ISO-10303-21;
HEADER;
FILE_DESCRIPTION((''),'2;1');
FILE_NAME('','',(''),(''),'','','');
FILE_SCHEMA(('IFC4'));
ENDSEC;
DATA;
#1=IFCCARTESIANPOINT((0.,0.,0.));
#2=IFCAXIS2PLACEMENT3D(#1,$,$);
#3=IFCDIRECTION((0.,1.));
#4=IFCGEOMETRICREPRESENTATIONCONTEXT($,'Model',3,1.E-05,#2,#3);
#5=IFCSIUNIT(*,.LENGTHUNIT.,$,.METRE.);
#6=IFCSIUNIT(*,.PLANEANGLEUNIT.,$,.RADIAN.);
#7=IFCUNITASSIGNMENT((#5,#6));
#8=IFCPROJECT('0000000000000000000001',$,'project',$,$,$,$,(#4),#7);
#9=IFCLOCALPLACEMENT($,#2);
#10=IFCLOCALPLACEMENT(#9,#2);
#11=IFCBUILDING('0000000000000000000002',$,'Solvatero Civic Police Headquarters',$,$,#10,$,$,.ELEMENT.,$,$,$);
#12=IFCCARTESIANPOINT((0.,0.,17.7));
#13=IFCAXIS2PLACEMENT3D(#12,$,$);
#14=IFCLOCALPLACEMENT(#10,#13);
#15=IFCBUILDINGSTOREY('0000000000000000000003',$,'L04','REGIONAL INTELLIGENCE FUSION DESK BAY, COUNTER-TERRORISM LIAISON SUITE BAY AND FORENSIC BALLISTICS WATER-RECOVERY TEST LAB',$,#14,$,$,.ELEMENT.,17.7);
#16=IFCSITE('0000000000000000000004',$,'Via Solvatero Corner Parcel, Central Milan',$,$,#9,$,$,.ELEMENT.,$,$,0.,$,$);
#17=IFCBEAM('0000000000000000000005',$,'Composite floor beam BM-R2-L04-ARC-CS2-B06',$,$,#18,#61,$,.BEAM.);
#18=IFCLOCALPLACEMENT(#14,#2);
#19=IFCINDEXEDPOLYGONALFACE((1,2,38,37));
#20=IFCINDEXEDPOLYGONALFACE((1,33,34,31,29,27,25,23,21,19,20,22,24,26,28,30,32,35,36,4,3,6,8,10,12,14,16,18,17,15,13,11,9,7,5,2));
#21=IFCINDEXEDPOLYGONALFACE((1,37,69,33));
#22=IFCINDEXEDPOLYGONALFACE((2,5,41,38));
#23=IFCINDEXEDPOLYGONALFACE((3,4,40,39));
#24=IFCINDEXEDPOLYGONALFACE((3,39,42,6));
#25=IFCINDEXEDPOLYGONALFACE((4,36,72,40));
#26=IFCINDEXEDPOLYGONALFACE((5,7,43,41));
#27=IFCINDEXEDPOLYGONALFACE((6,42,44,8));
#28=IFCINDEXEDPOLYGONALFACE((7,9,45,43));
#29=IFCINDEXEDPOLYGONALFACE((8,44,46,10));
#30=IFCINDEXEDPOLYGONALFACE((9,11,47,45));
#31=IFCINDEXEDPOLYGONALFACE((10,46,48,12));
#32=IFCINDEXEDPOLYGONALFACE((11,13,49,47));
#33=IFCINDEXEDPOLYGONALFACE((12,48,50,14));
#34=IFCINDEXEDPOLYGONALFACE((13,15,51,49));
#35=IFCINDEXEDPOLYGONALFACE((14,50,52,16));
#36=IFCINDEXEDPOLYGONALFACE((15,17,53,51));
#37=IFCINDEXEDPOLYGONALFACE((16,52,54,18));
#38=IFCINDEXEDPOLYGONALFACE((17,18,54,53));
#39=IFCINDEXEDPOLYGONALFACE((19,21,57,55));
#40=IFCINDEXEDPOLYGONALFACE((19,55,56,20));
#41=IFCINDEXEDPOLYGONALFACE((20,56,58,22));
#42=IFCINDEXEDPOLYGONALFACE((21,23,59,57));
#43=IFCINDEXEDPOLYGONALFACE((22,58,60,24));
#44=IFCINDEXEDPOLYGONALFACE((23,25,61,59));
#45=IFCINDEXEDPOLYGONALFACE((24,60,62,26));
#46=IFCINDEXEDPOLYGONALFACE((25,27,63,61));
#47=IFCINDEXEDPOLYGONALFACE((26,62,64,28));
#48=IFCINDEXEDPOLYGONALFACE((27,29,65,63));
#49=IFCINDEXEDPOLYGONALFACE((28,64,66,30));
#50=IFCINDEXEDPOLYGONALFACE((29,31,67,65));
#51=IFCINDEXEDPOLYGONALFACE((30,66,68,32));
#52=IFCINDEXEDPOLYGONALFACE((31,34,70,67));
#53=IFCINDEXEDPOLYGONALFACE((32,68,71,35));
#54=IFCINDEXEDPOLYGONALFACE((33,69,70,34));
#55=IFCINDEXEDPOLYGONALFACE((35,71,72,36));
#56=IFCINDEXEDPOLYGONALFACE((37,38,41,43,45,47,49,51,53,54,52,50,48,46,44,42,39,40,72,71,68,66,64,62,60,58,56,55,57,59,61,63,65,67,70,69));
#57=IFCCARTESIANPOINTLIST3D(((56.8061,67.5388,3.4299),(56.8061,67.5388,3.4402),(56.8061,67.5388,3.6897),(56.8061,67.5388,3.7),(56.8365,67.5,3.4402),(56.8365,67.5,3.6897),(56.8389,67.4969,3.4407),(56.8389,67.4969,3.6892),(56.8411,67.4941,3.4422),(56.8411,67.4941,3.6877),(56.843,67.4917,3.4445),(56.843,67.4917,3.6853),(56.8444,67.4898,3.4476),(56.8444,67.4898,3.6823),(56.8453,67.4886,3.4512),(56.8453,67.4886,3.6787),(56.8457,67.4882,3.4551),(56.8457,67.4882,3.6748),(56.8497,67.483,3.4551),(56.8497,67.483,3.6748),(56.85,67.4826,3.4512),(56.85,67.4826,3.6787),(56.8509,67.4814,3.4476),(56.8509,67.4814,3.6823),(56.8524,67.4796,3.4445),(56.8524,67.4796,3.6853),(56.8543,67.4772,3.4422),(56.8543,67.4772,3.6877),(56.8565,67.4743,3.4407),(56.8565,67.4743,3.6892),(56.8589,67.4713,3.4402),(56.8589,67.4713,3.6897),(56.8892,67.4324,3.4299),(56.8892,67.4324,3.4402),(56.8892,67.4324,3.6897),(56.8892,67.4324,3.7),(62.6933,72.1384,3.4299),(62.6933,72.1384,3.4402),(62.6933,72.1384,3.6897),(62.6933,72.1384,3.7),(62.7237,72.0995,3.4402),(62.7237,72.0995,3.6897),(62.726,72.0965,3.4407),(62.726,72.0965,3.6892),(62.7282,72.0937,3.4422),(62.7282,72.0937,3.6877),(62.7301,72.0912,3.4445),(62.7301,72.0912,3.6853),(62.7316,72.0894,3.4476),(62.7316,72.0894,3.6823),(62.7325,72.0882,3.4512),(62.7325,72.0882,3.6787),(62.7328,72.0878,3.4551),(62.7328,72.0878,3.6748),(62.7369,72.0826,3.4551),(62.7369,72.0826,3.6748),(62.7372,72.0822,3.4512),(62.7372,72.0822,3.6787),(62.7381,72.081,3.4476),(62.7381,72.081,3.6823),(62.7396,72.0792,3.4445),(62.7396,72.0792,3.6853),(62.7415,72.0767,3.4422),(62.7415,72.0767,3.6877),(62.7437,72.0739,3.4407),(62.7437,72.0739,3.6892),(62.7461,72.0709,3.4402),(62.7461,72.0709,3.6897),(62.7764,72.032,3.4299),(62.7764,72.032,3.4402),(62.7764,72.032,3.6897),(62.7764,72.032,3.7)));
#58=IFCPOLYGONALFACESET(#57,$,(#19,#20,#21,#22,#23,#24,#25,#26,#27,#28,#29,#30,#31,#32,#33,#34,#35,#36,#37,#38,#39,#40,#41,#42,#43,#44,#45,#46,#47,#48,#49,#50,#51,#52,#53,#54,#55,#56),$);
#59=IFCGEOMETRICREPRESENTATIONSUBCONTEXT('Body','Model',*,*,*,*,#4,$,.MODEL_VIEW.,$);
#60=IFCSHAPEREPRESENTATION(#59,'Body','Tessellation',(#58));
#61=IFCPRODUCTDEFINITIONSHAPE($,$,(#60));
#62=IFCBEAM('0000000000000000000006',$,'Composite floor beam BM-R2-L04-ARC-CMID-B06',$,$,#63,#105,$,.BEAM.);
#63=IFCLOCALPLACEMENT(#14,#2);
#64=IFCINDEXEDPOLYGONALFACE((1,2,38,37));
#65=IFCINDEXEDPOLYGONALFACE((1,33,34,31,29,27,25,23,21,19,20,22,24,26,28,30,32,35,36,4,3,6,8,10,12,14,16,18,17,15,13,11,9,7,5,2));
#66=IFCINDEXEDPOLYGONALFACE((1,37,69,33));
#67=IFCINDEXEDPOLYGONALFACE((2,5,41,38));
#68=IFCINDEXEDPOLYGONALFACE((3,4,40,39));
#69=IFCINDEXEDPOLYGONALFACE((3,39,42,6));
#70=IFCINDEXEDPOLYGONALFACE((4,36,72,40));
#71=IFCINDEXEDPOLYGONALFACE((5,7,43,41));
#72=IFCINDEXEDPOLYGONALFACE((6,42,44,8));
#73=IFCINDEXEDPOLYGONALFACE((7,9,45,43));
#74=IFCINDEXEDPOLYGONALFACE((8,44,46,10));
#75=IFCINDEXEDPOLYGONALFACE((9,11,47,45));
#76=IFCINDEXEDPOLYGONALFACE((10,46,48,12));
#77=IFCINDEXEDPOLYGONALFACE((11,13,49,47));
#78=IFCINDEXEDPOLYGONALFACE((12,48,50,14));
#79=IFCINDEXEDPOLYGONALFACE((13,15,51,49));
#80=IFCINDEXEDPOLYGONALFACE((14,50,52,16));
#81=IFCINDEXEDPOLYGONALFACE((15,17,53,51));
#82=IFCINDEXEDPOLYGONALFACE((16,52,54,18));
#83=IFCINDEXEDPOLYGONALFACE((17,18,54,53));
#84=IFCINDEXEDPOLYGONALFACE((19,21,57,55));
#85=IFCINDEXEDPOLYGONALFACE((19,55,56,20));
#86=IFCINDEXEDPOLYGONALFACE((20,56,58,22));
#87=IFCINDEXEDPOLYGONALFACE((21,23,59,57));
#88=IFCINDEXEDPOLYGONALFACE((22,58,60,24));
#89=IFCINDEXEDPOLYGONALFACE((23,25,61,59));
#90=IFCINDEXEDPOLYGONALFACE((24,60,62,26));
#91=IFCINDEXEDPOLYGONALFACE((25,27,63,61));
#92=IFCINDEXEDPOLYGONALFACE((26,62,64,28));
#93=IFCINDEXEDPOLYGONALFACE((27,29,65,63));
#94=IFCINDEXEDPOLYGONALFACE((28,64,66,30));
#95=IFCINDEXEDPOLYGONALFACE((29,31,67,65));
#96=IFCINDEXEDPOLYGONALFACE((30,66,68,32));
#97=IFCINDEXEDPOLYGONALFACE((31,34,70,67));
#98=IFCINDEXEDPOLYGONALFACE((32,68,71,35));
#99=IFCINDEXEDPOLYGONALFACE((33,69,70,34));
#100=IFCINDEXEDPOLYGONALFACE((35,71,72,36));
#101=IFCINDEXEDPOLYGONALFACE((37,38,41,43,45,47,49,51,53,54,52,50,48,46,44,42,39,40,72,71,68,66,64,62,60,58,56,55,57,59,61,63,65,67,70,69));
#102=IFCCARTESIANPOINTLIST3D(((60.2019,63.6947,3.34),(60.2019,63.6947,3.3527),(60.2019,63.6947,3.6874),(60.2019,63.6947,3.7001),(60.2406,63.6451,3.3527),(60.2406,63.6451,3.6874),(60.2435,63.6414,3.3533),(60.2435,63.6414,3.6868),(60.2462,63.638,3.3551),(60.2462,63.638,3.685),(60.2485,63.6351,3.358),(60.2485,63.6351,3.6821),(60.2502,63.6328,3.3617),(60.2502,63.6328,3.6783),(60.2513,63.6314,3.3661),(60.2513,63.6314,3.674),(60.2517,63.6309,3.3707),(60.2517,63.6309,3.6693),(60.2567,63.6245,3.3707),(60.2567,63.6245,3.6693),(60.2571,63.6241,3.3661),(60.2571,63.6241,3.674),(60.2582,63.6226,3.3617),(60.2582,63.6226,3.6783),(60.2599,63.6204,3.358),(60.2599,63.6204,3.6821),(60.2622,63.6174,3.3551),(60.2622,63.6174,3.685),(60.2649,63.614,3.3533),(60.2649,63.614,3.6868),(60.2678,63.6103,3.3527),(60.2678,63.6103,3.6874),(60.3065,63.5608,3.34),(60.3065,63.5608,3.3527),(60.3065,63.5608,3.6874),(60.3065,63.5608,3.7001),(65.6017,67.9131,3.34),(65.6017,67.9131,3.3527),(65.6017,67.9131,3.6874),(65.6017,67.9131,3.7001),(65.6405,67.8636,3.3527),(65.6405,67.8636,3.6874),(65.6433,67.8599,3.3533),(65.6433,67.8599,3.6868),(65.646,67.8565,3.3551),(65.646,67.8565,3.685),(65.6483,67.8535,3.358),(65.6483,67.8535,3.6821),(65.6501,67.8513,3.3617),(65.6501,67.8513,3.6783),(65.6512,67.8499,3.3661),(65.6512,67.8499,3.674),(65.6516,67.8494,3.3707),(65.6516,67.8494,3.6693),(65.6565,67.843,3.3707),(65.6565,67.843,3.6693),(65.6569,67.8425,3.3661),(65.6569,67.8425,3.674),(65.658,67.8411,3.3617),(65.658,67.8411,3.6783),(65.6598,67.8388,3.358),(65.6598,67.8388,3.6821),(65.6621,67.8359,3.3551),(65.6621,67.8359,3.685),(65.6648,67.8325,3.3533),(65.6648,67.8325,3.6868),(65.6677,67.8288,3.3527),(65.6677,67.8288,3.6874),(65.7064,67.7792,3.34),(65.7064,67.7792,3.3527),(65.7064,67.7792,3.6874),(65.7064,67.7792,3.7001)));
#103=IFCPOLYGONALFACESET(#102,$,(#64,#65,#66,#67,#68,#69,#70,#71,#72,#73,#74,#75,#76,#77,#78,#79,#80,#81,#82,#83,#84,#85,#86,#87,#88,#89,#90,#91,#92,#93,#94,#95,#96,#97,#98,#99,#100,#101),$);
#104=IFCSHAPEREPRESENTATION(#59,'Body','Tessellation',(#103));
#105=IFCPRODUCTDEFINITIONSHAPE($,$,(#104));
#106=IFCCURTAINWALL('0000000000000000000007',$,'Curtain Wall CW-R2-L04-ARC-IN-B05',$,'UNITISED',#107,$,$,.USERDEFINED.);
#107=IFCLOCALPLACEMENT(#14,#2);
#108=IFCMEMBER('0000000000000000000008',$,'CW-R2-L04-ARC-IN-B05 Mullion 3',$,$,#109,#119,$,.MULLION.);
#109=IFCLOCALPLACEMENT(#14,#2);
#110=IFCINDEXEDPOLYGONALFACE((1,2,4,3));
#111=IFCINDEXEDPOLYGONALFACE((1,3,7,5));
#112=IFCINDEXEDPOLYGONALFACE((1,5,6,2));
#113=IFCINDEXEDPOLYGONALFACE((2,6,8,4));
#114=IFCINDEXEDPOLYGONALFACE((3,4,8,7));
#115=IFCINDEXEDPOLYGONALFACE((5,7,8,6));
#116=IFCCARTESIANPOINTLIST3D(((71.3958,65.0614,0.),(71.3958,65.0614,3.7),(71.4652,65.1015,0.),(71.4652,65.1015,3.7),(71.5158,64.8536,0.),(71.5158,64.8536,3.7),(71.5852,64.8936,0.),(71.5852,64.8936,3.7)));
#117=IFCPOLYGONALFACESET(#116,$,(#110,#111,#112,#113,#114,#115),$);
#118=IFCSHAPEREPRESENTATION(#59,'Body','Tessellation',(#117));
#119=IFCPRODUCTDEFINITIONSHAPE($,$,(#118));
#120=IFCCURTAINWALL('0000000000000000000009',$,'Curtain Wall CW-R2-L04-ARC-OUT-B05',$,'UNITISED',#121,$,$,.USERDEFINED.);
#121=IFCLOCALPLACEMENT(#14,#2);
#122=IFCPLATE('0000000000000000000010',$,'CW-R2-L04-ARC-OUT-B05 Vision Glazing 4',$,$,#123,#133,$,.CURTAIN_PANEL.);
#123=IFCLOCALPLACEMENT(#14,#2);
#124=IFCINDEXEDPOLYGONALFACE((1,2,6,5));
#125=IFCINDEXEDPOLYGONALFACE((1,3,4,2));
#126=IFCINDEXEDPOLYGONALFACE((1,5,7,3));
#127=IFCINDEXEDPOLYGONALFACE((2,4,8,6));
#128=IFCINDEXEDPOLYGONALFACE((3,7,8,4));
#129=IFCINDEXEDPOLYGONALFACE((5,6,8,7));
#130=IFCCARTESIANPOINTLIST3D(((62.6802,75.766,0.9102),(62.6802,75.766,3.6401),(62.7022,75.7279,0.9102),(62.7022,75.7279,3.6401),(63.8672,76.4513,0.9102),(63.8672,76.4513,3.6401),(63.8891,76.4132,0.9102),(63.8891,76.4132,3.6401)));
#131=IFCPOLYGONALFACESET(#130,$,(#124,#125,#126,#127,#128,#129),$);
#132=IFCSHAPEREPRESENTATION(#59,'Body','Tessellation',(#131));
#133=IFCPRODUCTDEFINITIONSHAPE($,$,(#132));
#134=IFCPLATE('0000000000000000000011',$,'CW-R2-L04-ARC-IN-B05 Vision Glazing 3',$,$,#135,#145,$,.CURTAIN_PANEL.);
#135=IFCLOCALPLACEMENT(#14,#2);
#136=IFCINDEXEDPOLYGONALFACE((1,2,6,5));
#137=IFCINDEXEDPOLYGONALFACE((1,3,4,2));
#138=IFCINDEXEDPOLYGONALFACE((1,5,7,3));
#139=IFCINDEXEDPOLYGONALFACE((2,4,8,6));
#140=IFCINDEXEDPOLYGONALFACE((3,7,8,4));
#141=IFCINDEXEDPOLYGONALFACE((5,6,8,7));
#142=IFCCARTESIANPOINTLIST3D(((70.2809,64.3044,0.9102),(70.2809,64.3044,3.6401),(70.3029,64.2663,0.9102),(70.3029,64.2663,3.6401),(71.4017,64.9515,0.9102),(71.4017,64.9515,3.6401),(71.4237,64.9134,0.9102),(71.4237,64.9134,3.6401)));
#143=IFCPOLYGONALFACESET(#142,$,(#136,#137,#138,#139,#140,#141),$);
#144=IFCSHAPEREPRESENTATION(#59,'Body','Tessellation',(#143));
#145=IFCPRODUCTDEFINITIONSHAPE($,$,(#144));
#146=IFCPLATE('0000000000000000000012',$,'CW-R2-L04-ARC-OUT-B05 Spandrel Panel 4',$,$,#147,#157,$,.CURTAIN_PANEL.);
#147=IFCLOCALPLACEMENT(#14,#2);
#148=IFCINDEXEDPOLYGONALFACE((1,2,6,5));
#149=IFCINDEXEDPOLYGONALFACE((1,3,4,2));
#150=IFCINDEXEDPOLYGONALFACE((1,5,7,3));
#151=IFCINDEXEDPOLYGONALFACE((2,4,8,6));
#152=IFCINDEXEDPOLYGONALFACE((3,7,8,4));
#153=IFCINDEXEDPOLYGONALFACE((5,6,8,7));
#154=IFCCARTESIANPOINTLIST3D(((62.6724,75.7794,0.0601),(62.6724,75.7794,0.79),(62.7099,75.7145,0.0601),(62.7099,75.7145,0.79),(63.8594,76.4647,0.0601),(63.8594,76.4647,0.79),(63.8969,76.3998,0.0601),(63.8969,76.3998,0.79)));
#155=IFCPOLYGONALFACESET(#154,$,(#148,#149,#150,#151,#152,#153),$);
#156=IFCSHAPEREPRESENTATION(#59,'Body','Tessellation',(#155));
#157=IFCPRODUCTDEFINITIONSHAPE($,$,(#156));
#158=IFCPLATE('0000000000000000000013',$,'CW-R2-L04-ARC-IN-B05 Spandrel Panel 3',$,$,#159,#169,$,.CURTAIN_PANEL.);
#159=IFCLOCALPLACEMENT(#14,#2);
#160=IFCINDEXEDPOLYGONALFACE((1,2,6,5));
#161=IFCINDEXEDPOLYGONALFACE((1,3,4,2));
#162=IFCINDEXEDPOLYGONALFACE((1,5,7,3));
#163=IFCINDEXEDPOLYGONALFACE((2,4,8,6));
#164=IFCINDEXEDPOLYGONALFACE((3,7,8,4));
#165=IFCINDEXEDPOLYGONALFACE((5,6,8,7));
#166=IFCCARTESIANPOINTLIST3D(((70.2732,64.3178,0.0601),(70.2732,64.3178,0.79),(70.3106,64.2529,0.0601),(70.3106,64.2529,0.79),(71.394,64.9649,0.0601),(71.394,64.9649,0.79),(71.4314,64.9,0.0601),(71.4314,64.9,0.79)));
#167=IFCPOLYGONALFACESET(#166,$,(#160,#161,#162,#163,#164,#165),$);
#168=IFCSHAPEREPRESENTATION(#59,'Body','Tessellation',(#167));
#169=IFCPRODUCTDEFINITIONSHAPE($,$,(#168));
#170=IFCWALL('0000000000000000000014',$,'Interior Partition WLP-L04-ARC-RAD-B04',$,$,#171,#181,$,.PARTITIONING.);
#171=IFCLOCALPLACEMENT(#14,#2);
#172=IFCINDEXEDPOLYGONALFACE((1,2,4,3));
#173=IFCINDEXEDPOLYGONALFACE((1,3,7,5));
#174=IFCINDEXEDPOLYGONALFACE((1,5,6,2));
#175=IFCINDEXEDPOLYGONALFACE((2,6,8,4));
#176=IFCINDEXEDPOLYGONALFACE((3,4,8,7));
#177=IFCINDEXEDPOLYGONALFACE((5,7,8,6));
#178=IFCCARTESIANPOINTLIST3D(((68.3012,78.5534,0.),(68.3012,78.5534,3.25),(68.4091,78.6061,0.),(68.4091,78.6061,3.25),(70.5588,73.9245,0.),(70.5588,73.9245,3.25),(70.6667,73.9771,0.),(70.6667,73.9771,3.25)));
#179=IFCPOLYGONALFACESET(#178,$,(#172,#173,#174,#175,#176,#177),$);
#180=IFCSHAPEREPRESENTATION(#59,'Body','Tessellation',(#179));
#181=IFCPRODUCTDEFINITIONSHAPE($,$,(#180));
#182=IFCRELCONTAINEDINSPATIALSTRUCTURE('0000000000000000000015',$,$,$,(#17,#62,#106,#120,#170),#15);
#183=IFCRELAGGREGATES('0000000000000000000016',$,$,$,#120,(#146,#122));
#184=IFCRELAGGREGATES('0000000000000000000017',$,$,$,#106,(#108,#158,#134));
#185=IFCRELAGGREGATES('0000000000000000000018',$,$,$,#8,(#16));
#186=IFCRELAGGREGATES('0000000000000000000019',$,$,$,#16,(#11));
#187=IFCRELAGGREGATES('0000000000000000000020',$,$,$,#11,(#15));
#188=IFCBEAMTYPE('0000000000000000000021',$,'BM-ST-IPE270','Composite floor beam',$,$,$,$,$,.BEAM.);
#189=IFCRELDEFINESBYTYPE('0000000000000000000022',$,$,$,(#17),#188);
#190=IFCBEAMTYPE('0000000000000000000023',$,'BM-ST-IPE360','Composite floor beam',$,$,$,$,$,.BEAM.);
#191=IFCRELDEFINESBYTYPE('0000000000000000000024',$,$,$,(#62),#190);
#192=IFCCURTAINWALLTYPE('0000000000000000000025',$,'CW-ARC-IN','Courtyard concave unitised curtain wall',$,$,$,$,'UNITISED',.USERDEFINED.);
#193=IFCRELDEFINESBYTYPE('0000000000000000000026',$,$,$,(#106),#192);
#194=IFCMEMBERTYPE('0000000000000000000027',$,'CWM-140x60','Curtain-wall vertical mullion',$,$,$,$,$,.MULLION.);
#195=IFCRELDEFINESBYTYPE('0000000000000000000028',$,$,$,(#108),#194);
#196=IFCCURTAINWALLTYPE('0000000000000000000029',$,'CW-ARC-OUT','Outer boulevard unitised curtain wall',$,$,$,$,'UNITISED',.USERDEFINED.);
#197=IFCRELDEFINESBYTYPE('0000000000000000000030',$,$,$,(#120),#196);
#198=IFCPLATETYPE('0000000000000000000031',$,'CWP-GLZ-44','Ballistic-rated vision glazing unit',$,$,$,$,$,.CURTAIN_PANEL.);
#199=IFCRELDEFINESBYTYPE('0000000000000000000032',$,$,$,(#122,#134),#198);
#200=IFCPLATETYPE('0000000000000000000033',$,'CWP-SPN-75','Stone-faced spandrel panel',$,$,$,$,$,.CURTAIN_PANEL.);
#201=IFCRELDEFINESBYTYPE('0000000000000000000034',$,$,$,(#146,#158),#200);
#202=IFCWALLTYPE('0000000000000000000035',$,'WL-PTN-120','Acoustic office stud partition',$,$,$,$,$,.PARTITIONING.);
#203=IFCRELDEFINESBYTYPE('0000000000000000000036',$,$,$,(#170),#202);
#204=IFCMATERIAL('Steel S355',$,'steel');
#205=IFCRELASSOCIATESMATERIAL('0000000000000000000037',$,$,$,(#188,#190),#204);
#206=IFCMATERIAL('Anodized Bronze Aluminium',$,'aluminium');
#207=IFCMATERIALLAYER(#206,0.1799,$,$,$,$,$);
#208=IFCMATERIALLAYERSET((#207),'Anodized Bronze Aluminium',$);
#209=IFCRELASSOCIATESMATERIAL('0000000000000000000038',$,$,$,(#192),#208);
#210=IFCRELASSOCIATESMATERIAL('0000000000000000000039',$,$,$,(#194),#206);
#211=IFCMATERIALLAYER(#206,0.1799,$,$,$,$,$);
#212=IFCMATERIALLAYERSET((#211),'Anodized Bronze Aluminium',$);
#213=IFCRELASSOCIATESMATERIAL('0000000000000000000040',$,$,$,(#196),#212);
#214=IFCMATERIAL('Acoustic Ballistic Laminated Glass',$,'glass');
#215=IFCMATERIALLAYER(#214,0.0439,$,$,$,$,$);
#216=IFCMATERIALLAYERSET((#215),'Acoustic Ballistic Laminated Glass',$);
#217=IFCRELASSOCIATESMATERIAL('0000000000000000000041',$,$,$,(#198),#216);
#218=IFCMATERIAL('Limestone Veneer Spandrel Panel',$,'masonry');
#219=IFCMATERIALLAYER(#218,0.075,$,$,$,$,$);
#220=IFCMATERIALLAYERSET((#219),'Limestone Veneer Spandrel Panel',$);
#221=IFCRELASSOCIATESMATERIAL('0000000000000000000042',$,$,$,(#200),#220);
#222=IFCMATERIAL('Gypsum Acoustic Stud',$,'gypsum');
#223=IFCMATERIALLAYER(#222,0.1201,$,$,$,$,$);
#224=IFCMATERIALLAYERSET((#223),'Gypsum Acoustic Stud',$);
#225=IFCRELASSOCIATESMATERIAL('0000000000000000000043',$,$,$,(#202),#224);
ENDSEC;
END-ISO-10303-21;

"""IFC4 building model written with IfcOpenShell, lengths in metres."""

from ifc_helpers import new_model, si_unit, direction, frame, frame_2d, origin, origin_2d, place, context, subcontext, project, spatial, rectangle, i_section, extrude, material, layer, layer_set, material_profile, profile_set, type_object, element, aggregate, save


model = new_model("IFC4")

# Units and contexts
model_context = context("Model", 3, precision=1e-05, world=origin(), true_north=direction((0.0, 1.0)))
body_context = subcontext(model_context, "Body", "Model", "MODEL_VIEW")
ifc_project = project(units=[si_unit("LENGTHUNIT", "METRE"), si_unit("PLANEANGLEUNIT", "RADIAN")], contexts=[model_context])

# Site, building, storey
site_placement = place(None, origin())
site = spatial("IfcSite", under=ifc_project, at=site_placement, Name="Via Solvatero Corner Parcel, Central Milan", CompositionType="ELEMENT", RefElevation=0.0)
building_placement = place(site_placement, origin())
building = spatial("IfcBuilding", under=site, at=building_placement, Name="Solvatero Civic Police Headquarters", CompositionType="ELEMENT")
storey_placement = place(building_placement, frame((0.0, 0.0, 17.7)))
storey = spatial("IfcBuildingStorey", under=building, at=storey_placement, Name="L04", Description="REGIONAL INTELLIGENCE FUSION DESK BAY, COUNTER-TERRORISM LIAISON SUITE BAY AND FORENSIC BALLISTICS WATER-RECOVERY TEST LAB", CompositionType="ELEMENT", Elevation=17.7)

# Shared definitions
ifc_material_1 = material(Name="Steel S355", Category="steel")

# Beams
ifc_material_profile_1 = material_profile(ifc_material_1, i_section(OverallWidth=0.135, OverallDepth=0.27, WebThickness=0.0066, FlangeThickness=0.0103, FilletRadius=0.0149, at=origin_2d()), Name="IPE 270")
ifc_profile_set_1 = profile_set([ifc_material_profile_1], Name="Steel S355")
beam_type_1 = type_object("IfcBeamType", Name="BM-ST-IPE270", Description="Composite floor beam", PredefinedType="BEAM", material=ifc_profile_set_1)
beam_1_placement = place(storey_placement, frame((62.7349, 72.0852, 3.5649), z_axis=(-0.78801, -0.615663, 0.0), x_axis=(0.615663, -0.78801, 0.0)))
element("IfcBeam", 1, at=beam_1_placement, inside=storey, type_object=beam_type_1, Name="Composite floor beam BM-R2-L04-ARC-CS2-B06", PredefinedType="BEAM", context=body_context, shape_type="SweptSolid", body=[
    extrude(i_section(OverallWidth=0.135, OverallDepth=0.27, WebThickness=0.0066, FlangeThickness=0.0103, FilletRadius=0.0149, at=origin_2d()), origin(), (0.0, 0.0, 1.0), 7.4709),
])
ifc_material_profile_2 = material_profile(ifc_material_1, i_section(OverallWidth=0.1699, OverallDepth=0.3601, WebThickness=0.0081, FlangeThickness=0.0127, FilletRadius=0.0181, at=origin_2d()), Name="IPE 360")
ifc_profile_set_2 = profile_set([ifc_material_profile_2], Name="Steel S355")
beam_type_2 = type_object("IfcBeamType", Name="BM-ST-IPE360", Description="Composite floor beam", PredefinedType="BEAM", material=ifc_profile_set_2)
beam_2_placement = place(storey_placement, frame((65.6541, 67.8462, 3.52), z_axis=(-0.788036, -0.615629, 0.0), x_axis=(0.615629, -0.788036, 0.0)))
element("IfcBeam", 2, at=beam_2_placement, inside=storey, type_object=beam_type_2, Name="Composite floor beam BM-R2-L04-ARC-CMID-B06", PredefinedType="BEAM", context=body_context, shape_type="SweptSolid", body=[
    extrude(i_section(OverallWidth=0.1699, OverallDepth=0.3601, WebThickness=0.0081, FlangeThickness=0.0127, FilletRadius=0.0181, at=origin_2d()), origin(), (0.0, 0.0, 1.0), 6.8523),
])

# Curtain wall, member
ifc_material_2 = material(Name="Anodized Bronze Aluminium", Category="aluminium")
ifc_layer_1 = layer(ifc_material_2, 0.1799)
ifc_layer_set_1 = layer_set([ifc_layer_1], Name="Anodized Bronze Aluminium")
curtain_wall_type_1 = type_object("IfcCurtainWallType", Name="CW-ARC-IN", Description="Courtyard concave unitised curtain wall", ElementType="UNITISED", PredefinedType="USERDEFINED", material=ifc_layer_set_1)
curtain_wall_1_placement = place(storey_placement, origin())
curtain_wall_1 = element("IfcCurtainWall", 3, at=curtain_wall_1_placement, inside=storey, type_object=curtain_wall_type_1, Name="Curtain Wall CW-R2-L04-ARC-IN-B05", ObjectType="UNITISED", PredefinedType="USERDEFINED")
ifc_material_profile_3 = material_profile(ifc_material_2, rectangle(XDim=0.0801, YDim=0.24, at=origin_2d()), Name="ALU MULLION 80x240")
ifc_profile_set_3 = profile_set([ifc_material_profile_3], Name="Anodized Bronze Aluminium")
member_type = type_object("IfcMemberType", Name="CWM-140x60", Description="Curtain-wall vertical mullion", PredefinedType="MULLION", material=ifc_profile_set_3)
member_placement = place(storey_placement, frame((71.4905, 64.9775, 0.0), z_axis=(0.0, 0.0, 1.0), x_axis=(-0.866025, -0.5, 0.0)))
member = element("IfcMember", 4, at=member_placement, type_object=member_type, Name="CW-R2-L04-ARC-IN-B05 Mullion 3", PredefinedType="MULLION", context=body_context, shape_type="SweptSolid", body=[
    extrude(rectangle(XDim=0.0801, YDim=0.24, at=origin_2d()), origin(), (0.0, 0.0, 1.0), 3.7),
])

# Curtain wall, plate
ifc_layer_2 = layer(ifc_material_2, 0.1799)
ifc_layer_set_2 = layer_set([ifc_layer_2], Name="Anodized Bronze Aluminium")
curtain_wall_type_2 = type_object("IfcCurtainWallType", Name="CW-ARC-OUT", Description="Outer boulevard unitised curtain wall", ElementType="UNITISED", PredefinedType="USERDEFINED", material=ifc_layer_set_2)
curtain_wall_2_placement = place(storey_placement, origin())
curtain_wall_2 = element("IfcCurtainWall", 5, at=curtain_wall_2_placement, inside=storey, type_object=curtain_wall_type_2, Name="Curtain Wall CW-R2-L04-ARC-OUT-B05", ObjectType="UNITISED", PredefinedType="USERDEFINED")
ifc_material_3 = material(Name="Acoustic Ballistic Laminated Glass", Category="glass")
ifc_layer_3 = layer(ifc_material_3, 0.0439)
ifc_layer_set_3 = layer_set([ifc_layer_3], Name="Acoustic Ballistic Laminated Glass")
plate_type_1 = type_object("IfcPlateType", Name="CWP-GLZ-44", Description="Ballistic-rated vision glazing unit", PredefinedType="CURTAIN_PANEL", material=ifc_layer_set_3)
plate_1_placement = place(storey_placement, frame((63.2847, 76.0896, 0.9102), z_axis=(0.0, 0.0, 1.0), x_axis=(-0.866025, -0.5, 0.0)))
plate_1 = element("IfcPlate", 6, at=plate_1_placement, type_object=plate_type_1, Name="CW-R2-L04-ARC-OUT-B05 Vision Glazing 4", PredefinedType="CURTAIN_PANEL", context=body_context, shape_type="SweptSolid", body=[
    extrude(rectangle(XDim=1.3706, YDim=0.0439, at=origin_2d()), origin(), (0.0, 0.0, 1.0), 2.73),
])

# Plates
plate_2_placement = place(storey_placement, frame((70.8523, 64.6089, 0.9102), z_axis=(0.0, 0.0, 1.0), x_axis=(-0.866025, -0.5, 0.0)))
plate_2 = element("IfcPlate", 7, at=plate_2_placement, type_object=plate_type_1, Name="CW-R2-L04-ARC-IN-B05 Vision Glazing 3", PredefinedType="CURTAIN_PANEL", context=body_context, shape_type="SweptSolid", body=[
    extrude(rectangle(XDim=1.2942, YDim=0.0439, at=origin_2d()), origin(), (0.0, 0.0, 1.0), 2.73),
])
ifc_material_4 = material(Name="Limestone Veneer Spandrel Panel", Category="masonry")
ifc_layer_4 = layer(ifc_material_4, 0.075)
ifc_layer_set_4 = layer_set([ifc_layer_4], Name="Limestone Veneer Spandrel Panel")
plate_type_2 = type_object("IfcPlateType", Name="CWP-SPN-75", Description="Stone-faced spandrel panel", PredefinedType="CURTAIN_PANEL", material=ifc_layer_set_4)
plate_3_placement = place(storey_placement, frame((63.2847, 76.0896, 0.0601), z_axis=(0.0, 0.0, 1.0), x_axis=(-0.866025, -0.5, 0.0)))
plate_3 = element("IfcPlate", 8, at=plate_3_placement, type_object=plate_type_2, Name="CW-R2-L04-ARC-OUT-B05 Spandrel Panel 4", PredefinedType="CURTAIN_PANEL", context=body_context, shape_type="SweptSolid", body=[
    extrude(rectangle(XDim=1.3706, YDim=0.075, at=origin_2d()), origin(), (0.0, 0.0, 1.0), 0.73),
])
aggregate(curtain_wall_2, [plate_3, plate_1])
plate_4_placement = place(storey_placement, frame((70.8523, 64.6089, 0.0601), z_axis=(0.0, 0.0, 1.0), x_axis=(-0.866025, -0.5, 0.0)))
plate_4 = element("IfcPlate", 9, at=plate_4_placement, type_object=plate_type_2, Name="CW-R2-L04-ARC-IN-B05 Spandrel Panel 3", PredefinedType="CURTAIN_PANEL", context=body_context, shape_type="SweptSolid", body=[
    extrude(rectangle(XDim=1.2942, YDim=0.075, at=origin_2d()), origin(), (0.0, 0.0, 1.0), 0.73),
])
aggregate(curtain_wall_1, [member, plate_4, plate_2])

# Wall
ifc_material_5 = material(Name="Gypsum Acoustic Stud", Category="gypsum")
ifc_layer_5 = layer(ifc_material_5, 0.1201)
ifc_layer_set_5 = layer_set([ifc_layer_5], Name="Gypsum Acoustic Stud")
wall_type_1 = type_object("IfcWallType", Name="WL-PTN-120", Description="Acoustic office stud partition", PredefinedType="PARTITIONING", material=ifc_layer_set_5)
wall_1_placement = place(storey_placement, frame((70.6128, 73.9507, 0.0), z_axis=(0.0, 0.0, 1.0), x_axis=(-0.438355, 0.898802, 0.0)))
element("IfcWall", 10, at=wall_1_placement, inside=storey, type_object=wall_type_1, Name="Interior Partition WLP-L04-ARC-RAD-B04", PredefinedType="PARTITIONING", context=body_context, shape_type="SweptSolid", body=[
    extrude(rectangle(XDim=5.1501, YDim=0.1201, at=frame_2d((2.5752, 0.0))), origin(), (0.0, 0.0, 1.0), 3.25),
])

save(model, "model.ifc")
